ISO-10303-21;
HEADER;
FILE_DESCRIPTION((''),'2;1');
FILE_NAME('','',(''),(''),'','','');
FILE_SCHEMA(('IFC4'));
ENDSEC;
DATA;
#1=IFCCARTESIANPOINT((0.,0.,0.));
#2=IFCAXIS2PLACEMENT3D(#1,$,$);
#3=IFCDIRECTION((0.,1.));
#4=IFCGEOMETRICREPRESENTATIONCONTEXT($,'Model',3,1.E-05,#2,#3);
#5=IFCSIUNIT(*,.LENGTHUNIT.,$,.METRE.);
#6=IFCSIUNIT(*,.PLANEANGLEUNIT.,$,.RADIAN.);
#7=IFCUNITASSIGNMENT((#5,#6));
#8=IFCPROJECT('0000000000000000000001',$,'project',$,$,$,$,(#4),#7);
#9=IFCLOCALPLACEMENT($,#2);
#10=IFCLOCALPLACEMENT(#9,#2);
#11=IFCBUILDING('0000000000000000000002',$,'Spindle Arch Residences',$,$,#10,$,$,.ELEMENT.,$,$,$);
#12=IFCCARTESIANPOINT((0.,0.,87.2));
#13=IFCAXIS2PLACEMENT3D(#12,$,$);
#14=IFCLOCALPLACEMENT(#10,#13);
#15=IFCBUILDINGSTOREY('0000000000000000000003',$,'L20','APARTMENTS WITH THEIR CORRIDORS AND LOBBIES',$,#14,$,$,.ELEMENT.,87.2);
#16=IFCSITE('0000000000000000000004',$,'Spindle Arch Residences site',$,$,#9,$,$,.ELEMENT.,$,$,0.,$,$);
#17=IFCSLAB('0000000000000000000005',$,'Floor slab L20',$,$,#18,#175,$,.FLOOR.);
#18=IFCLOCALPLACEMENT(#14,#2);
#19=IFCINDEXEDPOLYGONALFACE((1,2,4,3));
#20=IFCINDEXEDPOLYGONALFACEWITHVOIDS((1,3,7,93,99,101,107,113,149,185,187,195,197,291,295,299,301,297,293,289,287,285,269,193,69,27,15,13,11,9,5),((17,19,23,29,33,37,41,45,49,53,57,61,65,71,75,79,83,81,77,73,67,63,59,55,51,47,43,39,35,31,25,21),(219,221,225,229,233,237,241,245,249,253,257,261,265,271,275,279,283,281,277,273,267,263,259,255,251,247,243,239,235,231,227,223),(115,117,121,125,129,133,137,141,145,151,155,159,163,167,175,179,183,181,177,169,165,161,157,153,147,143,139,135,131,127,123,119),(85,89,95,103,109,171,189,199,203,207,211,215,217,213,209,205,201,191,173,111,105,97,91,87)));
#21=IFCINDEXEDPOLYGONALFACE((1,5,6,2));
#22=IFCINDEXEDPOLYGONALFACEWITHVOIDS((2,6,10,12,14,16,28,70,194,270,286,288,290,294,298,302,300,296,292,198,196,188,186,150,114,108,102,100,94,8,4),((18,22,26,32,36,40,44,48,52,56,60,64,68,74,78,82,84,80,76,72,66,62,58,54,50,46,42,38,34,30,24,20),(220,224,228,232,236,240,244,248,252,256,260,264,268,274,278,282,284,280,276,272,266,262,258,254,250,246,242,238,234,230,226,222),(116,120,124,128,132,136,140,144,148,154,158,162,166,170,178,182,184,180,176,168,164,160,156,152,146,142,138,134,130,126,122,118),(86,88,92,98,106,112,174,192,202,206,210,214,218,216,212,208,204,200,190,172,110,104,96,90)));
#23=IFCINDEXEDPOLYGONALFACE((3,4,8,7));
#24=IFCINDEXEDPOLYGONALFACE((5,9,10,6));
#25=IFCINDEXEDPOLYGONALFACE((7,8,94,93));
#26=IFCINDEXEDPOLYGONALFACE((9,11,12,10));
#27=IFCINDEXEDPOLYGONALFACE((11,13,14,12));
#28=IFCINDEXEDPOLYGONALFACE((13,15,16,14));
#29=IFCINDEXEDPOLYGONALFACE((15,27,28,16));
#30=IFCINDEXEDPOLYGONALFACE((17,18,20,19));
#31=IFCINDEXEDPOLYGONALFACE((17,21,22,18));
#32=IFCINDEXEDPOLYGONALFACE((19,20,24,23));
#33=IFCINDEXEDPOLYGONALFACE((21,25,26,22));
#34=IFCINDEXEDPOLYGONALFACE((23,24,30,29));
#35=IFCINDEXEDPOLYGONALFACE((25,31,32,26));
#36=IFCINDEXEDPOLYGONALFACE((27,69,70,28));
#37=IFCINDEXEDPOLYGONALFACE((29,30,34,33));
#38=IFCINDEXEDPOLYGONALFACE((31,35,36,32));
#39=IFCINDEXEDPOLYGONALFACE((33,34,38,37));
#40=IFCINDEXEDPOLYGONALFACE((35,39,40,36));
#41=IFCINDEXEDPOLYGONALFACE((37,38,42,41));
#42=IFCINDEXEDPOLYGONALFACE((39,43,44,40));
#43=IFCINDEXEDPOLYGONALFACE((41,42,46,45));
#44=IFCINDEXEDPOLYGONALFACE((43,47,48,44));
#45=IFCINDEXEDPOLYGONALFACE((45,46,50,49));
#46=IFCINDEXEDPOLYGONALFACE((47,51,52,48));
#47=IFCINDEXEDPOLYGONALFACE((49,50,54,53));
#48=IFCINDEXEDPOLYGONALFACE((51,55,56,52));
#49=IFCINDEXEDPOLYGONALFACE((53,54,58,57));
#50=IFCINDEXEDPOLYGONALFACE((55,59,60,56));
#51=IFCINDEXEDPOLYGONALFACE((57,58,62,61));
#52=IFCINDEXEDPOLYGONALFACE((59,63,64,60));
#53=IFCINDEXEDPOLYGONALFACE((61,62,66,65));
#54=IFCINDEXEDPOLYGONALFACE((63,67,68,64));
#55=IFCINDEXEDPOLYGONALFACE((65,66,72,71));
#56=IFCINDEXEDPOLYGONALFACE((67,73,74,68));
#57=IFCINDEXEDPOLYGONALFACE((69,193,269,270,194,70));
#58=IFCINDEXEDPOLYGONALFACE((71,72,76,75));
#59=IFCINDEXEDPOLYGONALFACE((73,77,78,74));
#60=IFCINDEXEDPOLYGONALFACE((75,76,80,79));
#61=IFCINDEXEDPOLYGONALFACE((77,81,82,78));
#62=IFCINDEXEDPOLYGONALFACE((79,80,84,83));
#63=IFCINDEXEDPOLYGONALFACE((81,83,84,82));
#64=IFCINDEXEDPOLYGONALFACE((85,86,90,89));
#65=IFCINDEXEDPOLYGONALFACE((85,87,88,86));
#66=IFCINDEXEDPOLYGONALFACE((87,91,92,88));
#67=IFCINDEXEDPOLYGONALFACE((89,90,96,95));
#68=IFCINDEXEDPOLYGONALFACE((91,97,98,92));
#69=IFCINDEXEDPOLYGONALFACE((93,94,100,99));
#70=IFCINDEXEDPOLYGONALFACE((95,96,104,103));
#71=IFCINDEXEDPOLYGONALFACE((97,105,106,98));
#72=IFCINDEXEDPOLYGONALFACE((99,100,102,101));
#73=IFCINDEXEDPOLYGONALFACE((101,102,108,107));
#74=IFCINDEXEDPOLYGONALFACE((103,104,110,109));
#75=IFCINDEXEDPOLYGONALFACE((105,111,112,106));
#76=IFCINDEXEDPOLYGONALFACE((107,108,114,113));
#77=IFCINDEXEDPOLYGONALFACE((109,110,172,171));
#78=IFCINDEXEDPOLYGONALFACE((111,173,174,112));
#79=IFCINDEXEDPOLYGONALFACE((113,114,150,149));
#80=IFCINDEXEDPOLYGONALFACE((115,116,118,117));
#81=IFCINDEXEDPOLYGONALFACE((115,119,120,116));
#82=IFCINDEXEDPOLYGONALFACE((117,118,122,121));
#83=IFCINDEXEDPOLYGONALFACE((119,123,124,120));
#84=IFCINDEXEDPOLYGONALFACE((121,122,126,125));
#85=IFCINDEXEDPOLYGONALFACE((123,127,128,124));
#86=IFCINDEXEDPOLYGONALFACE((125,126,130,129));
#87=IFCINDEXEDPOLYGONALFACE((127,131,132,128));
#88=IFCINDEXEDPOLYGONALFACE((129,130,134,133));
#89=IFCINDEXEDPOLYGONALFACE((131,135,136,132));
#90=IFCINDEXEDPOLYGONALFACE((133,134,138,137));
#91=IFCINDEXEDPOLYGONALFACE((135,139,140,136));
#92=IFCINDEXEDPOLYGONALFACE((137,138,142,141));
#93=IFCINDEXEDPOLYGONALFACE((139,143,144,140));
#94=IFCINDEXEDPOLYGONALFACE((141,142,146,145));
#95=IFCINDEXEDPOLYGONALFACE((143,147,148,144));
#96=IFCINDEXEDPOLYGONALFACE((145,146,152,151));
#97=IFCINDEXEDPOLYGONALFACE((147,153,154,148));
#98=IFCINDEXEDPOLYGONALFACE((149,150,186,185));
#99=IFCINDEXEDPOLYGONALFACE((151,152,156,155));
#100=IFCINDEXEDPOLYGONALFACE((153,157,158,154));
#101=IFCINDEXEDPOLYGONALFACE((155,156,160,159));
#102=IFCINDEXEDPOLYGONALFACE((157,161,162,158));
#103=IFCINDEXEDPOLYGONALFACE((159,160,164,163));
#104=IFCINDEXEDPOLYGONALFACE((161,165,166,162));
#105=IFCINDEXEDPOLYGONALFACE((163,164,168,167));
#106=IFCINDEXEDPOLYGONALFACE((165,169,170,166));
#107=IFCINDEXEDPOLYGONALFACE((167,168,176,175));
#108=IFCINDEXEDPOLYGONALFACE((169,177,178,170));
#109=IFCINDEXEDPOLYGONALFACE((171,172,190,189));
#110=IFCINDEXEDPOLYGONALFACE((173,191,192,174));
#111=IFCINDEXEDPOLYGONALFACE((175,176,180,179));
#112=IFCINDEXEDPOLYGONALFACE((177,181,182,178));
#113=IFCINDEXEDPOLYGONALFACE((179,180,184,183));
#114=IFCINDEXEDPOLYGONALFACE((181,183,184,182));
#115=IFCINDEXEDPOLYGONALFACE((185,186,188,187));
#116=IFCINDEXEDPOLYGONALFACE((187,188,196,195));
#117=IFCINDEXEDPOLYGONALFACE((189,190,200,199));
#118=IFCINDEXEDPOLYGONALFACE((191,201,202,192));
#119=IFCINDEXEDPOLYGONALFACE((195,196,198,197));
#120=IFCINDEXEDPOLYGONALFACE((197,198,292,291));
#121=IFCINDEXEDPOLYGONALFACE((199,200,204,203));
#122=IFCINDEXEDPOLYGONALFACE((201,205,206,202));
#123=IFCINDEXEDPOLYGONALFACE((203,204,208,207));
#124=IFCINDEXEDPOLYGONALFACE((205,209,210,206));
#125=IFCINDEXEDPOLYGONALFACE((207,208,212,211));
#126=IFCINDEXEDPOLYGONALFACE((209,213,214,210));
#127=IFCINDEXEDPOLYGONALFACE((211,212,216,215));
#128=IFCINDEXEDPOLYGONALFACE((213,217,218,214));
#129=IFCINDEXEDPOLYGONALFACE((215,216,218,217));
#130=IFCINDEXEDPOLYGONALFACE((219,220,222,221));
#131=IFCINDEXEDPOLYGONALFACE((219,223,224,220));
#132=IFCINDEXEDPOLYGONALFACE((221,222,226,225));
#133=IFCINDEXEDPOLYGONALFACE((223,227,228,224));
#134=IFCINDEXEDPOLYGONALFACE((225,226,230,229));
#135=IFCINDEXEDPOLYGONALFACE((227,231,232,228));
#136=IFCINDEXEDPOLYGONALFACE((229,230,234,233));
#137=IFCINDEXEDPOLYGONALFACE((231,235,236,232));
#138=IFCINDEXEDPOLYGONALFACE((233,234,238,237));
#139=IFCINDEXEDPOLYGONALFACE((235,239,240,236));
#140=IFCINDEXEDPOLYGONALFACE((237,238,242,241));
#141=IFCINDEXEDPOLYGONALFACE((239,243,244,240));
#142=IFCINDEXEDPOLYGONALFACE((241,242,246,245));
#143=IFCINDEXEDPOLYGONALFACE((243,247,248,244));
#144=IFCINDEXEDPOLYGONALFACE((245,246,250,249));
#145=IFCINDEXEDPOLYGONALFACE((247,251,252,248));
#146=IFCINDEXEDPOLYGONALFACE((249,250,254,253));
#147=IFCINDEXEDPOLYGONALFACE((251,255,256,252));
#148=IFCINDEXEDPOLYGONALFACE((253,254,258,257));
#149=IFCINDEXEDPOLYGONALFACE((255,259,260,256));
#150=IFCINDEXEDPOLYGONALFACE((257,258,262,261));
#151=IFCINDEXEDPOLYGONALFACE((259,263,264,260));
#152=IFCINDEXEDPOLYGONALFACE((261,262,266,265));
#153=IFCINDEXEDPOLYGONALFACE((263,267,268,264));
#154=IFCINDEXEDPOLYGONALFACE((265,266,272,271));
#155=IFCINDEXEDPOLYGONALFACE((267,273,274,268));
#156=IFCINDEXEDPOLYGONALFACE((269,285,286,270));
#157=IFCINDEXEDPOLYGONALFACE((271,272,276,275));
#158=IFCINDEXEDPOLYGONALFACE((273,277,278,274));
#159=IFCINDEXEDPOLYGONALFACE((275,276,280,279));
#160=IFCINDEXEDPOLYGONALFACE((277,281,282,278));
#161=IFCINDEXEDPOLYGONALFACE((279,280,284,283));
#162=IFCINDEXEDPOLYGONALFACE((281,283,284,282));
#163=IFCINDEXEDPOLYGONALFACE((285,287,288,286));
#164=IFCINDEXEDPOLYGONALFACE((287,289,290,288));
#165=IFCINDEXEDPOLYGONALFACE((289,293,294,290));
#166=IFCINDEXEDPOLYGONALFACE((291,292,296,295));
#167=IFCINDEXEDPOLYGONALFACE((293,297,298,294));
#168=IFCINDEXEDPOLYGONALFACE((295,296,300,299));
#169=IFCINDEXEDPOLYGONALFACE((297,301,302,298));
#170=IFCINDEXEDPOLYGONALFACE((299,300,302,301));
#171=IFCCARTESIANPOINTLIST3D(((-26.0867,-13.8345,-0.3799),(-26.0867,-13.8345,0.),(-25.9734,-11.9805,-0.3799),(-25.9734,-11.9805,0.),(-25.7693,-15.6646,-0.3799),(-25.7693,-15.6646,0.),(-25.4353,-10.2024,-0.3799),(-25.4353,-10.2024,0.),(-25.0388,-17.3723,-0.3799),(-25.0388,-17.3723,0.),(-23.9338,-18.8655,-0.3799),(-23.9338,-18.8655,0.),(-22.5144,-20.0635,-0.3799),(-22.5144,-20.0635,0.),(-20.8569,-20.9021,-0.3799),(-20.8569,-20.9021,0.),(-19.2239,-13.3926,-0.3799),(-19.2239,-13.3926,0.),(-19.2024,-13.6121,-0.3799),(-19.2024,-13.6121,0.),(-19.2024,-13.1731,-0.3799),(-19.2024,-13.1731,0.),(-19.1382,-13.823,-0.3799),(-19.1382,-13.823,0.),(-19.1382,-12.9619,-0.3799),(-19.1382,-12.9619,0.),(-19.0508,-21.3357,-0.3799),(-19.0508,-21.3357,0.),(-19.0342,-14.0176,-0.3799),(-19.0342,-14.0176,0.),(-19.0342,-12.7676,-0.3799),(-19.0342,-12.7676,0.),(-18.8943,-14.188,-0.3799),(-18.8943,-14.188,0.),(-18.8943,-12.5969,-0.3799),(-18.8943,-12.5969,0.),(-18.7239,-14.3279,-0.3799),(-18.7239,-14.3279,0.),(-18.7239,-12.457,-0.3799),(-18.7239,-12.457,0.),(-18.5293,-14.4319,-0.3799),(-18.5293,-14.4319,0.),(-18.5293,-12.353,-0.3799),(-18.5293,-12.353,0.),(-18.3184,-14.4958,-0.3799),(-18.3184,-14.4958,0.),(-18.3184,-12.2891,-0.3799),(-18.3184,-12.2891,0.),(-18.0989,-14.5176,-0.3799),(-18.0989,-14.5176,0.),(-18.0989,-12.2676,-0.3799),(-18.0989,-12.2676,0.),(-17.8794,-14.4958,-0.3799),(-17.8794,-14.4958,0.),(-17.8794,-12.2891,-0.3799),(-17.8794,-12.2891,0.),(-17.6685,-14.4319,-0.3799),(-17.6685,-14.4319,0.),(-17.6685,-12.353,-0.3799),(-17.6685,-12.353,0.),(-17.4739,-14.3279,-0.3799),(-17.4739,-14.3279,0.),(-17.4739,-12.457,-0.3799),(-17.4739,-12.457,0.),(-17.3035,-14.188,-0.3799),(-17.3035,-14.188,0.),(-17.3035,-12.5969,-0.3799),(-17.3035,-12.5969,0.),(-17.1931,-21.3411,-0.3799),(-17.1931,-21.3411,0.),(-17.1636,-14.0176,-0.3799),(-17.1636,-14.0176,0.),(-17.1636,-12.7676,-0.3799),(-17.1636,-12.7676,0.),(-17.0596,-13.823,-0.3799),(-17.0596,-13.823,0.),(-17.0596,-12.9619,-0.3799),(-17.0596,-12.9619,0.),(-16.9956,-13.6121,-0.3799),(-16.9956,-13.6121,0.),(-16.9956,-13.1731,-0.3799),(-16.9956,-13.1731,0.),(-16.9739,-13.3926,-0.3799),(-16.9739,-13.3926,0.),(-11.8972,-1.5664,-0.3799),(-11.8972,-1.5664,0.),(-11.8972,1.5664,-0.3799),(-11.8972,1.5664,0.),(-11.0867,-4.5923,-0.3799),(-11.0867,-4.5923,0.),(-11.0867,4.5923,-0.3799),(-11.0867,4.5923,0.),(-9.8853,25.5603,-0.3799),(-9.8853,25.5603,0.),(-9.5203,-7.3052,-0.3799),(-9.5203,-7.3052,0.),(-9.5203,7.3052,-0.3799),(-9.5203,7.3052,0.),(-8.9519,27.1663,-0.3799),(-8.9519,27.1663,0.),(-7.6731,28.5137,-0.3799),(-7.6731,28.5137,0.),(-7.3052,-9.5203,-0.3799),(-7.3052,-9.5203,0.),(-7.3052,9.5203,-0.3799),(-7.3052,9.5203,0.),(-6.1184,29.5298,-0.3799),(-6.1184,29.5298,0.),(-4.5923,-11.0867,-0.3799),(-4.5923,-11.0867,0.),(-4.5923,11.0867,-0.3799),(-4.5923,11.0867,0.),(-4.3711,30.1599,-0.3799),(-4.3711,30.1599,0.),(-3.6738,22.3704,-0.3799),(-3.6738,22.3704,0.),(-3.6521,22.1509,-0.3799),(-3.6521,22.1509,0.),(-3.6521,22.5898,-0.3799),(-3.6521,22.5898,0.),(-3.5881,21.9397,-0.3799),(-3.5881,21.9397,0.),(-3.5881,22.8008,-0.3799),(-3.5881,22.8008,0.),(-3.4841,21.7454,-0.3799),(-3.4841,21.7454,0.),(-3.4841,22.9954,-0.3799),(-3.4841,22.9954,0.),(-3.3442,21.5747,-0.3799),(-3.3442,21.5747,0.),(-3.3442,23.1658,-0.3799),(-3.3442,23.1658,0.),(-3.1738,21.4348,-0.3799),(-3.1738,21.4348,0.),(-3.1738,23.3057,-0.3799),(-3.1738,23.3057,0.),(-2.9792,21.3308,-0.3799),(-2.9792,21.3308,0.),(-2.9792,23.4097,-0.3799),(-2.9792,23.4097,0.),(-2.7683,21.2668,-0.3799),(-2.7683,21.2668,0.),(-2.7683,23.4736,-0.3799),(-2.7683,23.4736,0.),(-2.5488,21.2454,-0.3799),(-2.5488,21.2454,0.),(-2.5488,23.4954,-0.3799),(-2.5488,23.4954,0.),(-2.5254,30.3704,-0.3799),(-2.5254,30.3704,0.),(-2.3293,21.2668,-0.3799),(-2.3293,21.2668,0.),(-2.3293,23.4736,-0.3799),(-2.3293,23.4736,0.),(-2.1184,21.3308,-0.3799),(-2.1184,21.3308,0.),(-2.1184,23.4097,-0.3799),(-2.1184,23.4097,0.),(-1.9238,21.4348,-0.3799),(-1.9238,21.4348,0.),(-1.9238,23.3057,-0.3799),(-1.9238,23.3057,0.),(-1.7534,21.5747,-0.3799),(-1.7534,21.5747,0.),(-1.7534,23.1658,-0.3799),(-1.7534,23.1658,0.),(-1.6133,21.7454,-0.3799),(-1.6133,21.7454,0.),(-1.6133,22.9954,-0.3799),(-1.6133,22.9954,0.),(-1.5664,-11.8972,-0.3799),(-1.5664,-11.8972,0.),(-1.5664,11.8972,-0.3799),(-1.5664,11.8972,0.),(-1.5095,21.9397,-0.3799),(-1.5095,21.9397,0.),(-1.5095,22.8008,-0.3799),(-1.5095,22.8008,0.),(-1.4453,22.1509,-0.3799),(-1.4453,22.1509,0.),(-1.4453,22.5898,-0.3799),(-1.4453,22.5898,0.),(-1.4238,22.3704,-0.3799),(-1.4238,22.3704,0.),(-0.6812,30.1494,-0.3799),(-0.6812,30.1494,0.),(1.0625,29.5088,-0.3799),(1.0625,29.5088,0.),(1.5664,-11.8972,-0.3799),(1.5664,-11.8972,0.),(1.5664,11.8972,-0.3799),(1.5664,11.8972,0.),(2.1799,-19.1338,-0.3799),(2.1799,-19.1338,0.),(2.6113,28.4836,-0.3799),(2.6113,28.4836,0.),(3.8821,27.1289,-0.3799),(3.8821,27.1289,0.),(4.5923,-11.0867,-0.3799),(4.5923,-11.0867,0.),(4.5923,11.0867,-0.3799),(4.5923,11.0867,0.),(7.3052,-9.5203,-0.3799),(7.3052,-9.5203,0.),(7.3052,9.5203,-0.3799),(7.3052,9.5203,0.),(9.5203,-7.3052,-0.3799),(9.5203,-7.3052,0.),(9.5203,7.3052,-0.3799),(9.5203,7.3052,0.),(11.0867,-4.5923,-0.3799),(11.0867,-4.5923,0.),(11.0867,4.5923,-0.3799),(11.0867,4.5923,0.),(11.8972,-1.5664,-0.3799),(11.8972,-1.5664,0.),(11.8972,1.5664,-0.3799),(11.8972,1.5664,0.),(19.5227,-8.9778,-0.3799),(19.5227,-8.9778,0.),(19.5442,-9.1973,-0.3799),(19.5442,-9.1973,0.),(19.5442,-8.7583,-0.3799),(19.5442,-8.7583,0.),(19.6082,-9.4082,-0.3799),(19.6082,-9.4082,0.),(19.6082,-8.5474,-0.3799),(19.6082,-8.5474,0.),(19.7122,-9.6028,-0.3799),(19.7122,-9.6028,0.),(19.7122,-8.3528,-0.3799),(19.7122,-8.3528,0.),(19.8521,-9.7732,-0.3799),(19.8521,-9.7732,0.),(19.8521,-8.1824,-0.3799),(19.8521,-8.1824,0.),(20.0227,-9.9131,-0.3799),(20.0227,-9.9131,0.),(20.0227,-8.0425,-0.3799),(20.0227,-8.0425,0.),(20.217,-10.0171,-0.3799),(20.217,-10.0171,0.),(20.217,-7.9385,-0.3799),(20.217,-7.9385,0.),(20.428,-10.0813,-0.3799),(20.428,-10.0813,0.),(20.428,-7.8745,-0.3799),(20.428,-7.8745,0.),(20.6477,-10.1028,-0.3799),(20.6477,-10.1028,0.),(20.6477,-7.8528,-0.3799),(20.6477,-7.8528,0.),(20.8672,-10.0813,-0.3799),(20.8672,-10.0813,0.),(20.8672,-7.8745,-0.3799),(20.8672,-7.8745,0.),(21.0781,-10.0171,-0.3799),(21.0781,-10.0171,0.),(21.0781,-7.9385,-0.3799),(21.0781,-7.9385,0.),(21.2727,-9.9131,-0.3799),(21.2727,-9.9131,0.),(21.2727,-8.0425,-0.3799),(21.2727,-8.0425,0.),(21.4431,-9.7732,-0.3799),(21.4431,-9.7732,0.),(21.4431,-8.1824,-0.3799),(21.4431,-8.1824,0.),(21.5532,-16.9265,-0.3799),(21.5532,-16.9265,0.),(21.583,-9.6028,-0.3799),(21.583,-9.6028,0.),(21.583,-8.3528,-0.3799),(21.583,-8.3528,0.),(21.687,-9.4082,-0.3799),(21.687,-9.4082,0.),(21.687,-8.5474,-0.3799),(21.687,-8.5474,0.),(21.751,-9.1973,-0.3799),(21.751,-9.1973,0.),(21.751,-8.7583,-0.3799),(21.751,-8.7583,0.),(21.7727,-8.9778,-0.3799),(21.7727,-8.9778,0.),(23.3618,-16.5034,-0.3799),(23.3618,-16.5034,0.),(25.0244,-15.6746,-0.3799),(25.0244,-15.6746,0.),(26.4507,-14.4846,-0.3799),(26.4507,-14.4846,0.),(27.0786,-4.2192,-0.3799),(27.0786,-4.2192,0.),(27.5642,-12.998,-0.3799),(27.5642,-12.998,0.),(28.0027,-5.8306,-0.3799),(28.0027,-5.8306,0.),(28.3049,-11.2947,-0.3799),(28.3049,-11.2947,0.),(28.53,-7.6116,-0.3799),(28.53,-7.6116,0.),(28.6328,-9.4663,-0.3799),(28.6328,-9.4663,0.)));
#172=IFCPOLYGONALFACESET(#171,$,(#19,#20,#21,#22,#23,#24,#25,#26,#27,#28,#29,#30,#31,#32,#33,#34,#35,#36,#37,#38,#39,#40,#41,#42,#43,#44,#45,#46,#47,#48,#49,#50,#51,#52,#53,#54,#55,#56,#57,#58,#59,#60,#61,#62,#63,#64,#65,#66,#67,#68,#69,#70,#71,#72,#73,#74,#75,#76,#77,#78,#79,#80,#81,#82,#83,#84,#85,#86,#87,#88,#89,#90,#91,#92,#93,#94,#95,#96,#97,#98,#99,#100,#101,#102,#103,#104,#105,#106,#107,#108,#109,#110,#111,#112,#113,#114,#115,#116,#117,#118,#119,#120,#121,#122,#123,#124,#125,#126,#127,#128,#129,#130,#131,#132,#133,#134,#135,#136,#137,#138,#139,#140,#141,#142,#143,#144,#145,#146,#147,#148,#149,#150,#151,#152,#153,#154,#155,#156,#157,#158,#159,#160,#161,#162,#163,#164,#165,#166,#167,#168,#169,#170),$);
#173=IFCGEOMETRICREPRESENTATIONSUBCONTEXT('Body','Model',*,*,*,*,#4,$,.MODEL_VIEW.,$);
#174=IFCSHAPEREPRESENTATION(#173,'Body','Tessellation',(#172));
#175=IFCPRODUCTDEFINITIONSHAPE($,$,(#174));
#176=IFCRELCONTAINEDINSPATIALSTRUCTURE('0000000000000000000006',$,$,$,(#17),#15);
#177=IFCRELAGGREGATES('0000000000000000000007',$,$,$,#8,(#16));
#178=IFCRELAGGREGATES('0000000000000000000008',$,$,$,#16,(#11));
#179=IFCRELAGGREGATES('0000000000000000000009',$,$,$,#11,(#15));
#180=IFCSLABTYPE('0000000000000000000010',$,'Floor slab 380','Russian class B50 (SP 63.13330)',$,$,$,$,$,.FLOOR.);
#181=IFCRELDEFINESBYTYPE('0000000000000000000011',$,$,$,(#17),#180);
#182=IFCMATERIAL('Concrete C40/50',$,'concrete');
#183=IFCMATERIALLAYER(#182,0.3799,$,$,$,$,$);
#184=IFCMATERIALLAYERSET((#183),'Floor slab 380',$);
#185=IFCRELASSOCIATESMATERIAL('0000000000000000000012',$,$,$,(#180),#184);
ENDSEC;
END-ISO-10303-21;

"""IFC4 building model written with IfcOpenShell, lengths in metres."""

from ifc_helpers import new_model, si_unit, direction, frame, origin, place, context, subcontext, project, spatial, polyline, outline, extrude, material, layer, layer_set, type_object, element, save


model = new_model("IFC4")

# Units and contexts
model_context = context("Model", 3, precision=1e-05, world=origin(), true_north=direction((0.0, 1.0)))
body_context = subcontext(model_context, "Body", "Model", "MODEL_VIEW")
ifc_project = project(units=[si_unit("LENGTHUNIT", "METRE"), si_unit("PLANEANGLEUNIT", "RADIAN")], contexts=[model_context])

# Site, building, storey
site_placement = place(None, origin())
site = spatial("IfcSite", under=ifc_project, at=site_placement, Name="Spindle Arch Residences site", CompositionType="ELEMENT", RefElevation=0.0)
building_placement = place(site_placement, origin())
building = spatial("IfcBuilding", under=site, at=building_placement, Name="Spindle Arch Residences", CompositionType="ELEMENT")
storey_placement = place(building_placement, frame((0.0, 0.0, 87.2)))
storey = spatial("IfcBuildingStorey", under=building, at=storey_placement, Name="L20", Description="APARTMENTS WITH THEIR CORRIDORS AND LOBBIES", CompositionType="ELEMENT", Elevation=87.2)

# Slab
ifc_material_1 = material(Name="Concrete C40/50", Category="concrete")
ifc_layer_1 = layer(ifc_material_1, 0.3799)
ifc_layer_set_1 = layer_set([ifc_layer_1], Name="Floor slab 380")
slab_type = type_object("IfcSlabType", Name="Floor slab 380", Description="Russian class B50 (SP 63.13330)", PredefinedType="FLOOR", material=ifc_layer_set_1)
slab_placement = place(storey_placement, frame((0.0, 0.0, -0.3799)))
element("IfcSlab", 1, at=slab_placement, inside=storey, type_object=slab_type, Name="Floor slab L20", PredefinedType="FLOOR", context=body_context, shape_type="SweptSolid", body=[
    extrude(outline(polyline([(-19.0508, -21.3357), (-20.8569, -20.9021), (-22.5144, -20.0635), (-23.9338, -18.8655), (-25.0388, -17.3723), (-25.7693, -15.6646), (-26.0867, -13.8345), (-25.9734, -11.9805), (-25.4353, -10.2024), (-9.8853, 25.5603), (-8.9519, 27.1663), (-7.6731, 28.5137), (-6.1184, 29.5298), (-4.3711, 30.1599), (-2.5254, 30.3704), (-0.6812, 30.1494), (1.0625, 29.5088), (2.6113, 28.4836), (3.8821, 27.1289), (27.0786, -4.2192), (28.0027, -5.8306), (28.53, -7.6116), (28.6328, -9.4663), (28.3049, -11.2947), (27.5642, -12.998), (26.4507, -14.4846), (25.0244, -15.6746), (23.3618, -16.5034), (21.5532, -16.9265), (2.1799, -19.1338), (-17.1931, -21.3411), (-19.0508, -21.3357)]), holes=[polyline([(7.3052, -9.5203), (9.5203, -7.3052), (11.0867, -4.5923), (11.8972, -1.5664), (11.8972, 1.5664), (11.0867, 4.5923), (9.5203, 7.3052), (7.3052, 9.5203), (4.5923, 11.0867), (1.5664, 11.8972), (-1.5664, 11.8972), (-4.5923, 11.0867), (-7.3052, 9.5203), (-9.5203, 7.3052), (-11.0867, 4.5923), (-11.8972, 1.5664), (-11.8972, -1.5664), (-11.0867, -4.5923), (-9.5203, -7.3052), (-7.3052, -9.5203), (-4.5923, -11.0867), (-1.5664, -11.8972), (1.5664, -11.8972), (4.5923, -11.0867), (7.3052, -9.5203)]), polyline([(-17.3035, -14.188), (-17.1636, -14.0176), (-17.0596, -13.823), (-16.9956, -13.6121), (-16.9739, -13.3926), (-16.9956, -13.1731), (-17.0596, -12.9619), (-17.1636, -12.7676), (-17.3035, -12.5969), (-17.4739, -12.457), (-17.6685, -12.353), (-17.8794, -12.2891), (-18.0989, -12.2676), (-18.3184, -12.2891), (-18.5293, -12.353), (-18.7239, -12.457), (-18.8943, -12.5969), (-19.0342, -12.7676), (-19.1382, -12.9619), (-19.2024, -13.1731), (-19.2239, -13.3926), (-19.2024, -13.6121), (-19.1382, -13.823), (-19.0342, -14.0176), (-18.8943, -14.188), (-18.7239, -14.3279), (-18.5293, -14.4319), (-18.3184, -14.4958), (-18.0989, -14.5176), (-17.8794, -14.4958), (-17.6685, -14.4319), (-17.4739, -14.3279), (-17.3035, -14.188)]), polyline([(-1.7534, 21.5747), (-1.6133, 21.7454), (-1.5095, 21.9397), (-1.4453, 22.1509), (-1.4238, 22.3704), (-1.4453, 22.5898), (-1.5095, 22.8008), (-1.6133, 22.9954), (-1.7534, 23.1658), (-1.9238, 23.3057), (-2.1184, 23.4097), (-2.3293, 23.4736), (-2.5488, 23.4954), (-2.7683, 23.4736), (-2.9792, 23.4097), (-3.1738, 23.3057), (-3.3442, 23.1658), (-3.4841, 22.9954), (-3.5881, 22.8008), (-3.6521, 22.5898), (-3.6738, 22.3704), (-3.6521, 22.1509), (-3.5881, 21.9397), (-3.4841, 21.7454), (-3.3442, 21.5747), (-3.1738, 21.4348), (-2.9792, 21.3308), (-2.7683, 21.2668), (-2.5488, 21.2454), (-2.3293, 21.2668), (-2.1184, 21.3308), (-1.9238, 21.4348), (-1.7534, 21.5747)]), polyline([(21.4431, -9.7732), (21.583, -9.6028), (21.687, -9.4082), (21.751, -9.1973), (21.7727, -8.9778), (21.751, -8.7583), (21.687, -8.5474), (21.583, -8.3528), (21.4431, -8.1824), (21.2727, -8.0425), (21.0781, -7.9385), (20.8672, -7.8745), (20.6477, -7.8528), (20.428, -7.8745), (20.217, -7.9385), (20.0227, -8.0425), (19.8521, -8.1824), (19.7122, -8.3528), (19.6082, -8.5474), (19.5442, -8.7583), (19.5227, -8.9778), (19.5442, -9.1973), (19.6082, -9.4082), (19.7122, -9.6028), (19.8521, -9.7732), (20.0227, -9.9131), (20.217, -10.0171), (20.428, -10.0813), (20.6477, -10.1028), (20.8672, -10.0813), (21.0781, -10.0171), (21.2727, -9.9131), (21.4431, -9.7732)])]), origin(), (0.0, 0.0, 1.0), 0.3799),
])

save(model, "model.ifc")
